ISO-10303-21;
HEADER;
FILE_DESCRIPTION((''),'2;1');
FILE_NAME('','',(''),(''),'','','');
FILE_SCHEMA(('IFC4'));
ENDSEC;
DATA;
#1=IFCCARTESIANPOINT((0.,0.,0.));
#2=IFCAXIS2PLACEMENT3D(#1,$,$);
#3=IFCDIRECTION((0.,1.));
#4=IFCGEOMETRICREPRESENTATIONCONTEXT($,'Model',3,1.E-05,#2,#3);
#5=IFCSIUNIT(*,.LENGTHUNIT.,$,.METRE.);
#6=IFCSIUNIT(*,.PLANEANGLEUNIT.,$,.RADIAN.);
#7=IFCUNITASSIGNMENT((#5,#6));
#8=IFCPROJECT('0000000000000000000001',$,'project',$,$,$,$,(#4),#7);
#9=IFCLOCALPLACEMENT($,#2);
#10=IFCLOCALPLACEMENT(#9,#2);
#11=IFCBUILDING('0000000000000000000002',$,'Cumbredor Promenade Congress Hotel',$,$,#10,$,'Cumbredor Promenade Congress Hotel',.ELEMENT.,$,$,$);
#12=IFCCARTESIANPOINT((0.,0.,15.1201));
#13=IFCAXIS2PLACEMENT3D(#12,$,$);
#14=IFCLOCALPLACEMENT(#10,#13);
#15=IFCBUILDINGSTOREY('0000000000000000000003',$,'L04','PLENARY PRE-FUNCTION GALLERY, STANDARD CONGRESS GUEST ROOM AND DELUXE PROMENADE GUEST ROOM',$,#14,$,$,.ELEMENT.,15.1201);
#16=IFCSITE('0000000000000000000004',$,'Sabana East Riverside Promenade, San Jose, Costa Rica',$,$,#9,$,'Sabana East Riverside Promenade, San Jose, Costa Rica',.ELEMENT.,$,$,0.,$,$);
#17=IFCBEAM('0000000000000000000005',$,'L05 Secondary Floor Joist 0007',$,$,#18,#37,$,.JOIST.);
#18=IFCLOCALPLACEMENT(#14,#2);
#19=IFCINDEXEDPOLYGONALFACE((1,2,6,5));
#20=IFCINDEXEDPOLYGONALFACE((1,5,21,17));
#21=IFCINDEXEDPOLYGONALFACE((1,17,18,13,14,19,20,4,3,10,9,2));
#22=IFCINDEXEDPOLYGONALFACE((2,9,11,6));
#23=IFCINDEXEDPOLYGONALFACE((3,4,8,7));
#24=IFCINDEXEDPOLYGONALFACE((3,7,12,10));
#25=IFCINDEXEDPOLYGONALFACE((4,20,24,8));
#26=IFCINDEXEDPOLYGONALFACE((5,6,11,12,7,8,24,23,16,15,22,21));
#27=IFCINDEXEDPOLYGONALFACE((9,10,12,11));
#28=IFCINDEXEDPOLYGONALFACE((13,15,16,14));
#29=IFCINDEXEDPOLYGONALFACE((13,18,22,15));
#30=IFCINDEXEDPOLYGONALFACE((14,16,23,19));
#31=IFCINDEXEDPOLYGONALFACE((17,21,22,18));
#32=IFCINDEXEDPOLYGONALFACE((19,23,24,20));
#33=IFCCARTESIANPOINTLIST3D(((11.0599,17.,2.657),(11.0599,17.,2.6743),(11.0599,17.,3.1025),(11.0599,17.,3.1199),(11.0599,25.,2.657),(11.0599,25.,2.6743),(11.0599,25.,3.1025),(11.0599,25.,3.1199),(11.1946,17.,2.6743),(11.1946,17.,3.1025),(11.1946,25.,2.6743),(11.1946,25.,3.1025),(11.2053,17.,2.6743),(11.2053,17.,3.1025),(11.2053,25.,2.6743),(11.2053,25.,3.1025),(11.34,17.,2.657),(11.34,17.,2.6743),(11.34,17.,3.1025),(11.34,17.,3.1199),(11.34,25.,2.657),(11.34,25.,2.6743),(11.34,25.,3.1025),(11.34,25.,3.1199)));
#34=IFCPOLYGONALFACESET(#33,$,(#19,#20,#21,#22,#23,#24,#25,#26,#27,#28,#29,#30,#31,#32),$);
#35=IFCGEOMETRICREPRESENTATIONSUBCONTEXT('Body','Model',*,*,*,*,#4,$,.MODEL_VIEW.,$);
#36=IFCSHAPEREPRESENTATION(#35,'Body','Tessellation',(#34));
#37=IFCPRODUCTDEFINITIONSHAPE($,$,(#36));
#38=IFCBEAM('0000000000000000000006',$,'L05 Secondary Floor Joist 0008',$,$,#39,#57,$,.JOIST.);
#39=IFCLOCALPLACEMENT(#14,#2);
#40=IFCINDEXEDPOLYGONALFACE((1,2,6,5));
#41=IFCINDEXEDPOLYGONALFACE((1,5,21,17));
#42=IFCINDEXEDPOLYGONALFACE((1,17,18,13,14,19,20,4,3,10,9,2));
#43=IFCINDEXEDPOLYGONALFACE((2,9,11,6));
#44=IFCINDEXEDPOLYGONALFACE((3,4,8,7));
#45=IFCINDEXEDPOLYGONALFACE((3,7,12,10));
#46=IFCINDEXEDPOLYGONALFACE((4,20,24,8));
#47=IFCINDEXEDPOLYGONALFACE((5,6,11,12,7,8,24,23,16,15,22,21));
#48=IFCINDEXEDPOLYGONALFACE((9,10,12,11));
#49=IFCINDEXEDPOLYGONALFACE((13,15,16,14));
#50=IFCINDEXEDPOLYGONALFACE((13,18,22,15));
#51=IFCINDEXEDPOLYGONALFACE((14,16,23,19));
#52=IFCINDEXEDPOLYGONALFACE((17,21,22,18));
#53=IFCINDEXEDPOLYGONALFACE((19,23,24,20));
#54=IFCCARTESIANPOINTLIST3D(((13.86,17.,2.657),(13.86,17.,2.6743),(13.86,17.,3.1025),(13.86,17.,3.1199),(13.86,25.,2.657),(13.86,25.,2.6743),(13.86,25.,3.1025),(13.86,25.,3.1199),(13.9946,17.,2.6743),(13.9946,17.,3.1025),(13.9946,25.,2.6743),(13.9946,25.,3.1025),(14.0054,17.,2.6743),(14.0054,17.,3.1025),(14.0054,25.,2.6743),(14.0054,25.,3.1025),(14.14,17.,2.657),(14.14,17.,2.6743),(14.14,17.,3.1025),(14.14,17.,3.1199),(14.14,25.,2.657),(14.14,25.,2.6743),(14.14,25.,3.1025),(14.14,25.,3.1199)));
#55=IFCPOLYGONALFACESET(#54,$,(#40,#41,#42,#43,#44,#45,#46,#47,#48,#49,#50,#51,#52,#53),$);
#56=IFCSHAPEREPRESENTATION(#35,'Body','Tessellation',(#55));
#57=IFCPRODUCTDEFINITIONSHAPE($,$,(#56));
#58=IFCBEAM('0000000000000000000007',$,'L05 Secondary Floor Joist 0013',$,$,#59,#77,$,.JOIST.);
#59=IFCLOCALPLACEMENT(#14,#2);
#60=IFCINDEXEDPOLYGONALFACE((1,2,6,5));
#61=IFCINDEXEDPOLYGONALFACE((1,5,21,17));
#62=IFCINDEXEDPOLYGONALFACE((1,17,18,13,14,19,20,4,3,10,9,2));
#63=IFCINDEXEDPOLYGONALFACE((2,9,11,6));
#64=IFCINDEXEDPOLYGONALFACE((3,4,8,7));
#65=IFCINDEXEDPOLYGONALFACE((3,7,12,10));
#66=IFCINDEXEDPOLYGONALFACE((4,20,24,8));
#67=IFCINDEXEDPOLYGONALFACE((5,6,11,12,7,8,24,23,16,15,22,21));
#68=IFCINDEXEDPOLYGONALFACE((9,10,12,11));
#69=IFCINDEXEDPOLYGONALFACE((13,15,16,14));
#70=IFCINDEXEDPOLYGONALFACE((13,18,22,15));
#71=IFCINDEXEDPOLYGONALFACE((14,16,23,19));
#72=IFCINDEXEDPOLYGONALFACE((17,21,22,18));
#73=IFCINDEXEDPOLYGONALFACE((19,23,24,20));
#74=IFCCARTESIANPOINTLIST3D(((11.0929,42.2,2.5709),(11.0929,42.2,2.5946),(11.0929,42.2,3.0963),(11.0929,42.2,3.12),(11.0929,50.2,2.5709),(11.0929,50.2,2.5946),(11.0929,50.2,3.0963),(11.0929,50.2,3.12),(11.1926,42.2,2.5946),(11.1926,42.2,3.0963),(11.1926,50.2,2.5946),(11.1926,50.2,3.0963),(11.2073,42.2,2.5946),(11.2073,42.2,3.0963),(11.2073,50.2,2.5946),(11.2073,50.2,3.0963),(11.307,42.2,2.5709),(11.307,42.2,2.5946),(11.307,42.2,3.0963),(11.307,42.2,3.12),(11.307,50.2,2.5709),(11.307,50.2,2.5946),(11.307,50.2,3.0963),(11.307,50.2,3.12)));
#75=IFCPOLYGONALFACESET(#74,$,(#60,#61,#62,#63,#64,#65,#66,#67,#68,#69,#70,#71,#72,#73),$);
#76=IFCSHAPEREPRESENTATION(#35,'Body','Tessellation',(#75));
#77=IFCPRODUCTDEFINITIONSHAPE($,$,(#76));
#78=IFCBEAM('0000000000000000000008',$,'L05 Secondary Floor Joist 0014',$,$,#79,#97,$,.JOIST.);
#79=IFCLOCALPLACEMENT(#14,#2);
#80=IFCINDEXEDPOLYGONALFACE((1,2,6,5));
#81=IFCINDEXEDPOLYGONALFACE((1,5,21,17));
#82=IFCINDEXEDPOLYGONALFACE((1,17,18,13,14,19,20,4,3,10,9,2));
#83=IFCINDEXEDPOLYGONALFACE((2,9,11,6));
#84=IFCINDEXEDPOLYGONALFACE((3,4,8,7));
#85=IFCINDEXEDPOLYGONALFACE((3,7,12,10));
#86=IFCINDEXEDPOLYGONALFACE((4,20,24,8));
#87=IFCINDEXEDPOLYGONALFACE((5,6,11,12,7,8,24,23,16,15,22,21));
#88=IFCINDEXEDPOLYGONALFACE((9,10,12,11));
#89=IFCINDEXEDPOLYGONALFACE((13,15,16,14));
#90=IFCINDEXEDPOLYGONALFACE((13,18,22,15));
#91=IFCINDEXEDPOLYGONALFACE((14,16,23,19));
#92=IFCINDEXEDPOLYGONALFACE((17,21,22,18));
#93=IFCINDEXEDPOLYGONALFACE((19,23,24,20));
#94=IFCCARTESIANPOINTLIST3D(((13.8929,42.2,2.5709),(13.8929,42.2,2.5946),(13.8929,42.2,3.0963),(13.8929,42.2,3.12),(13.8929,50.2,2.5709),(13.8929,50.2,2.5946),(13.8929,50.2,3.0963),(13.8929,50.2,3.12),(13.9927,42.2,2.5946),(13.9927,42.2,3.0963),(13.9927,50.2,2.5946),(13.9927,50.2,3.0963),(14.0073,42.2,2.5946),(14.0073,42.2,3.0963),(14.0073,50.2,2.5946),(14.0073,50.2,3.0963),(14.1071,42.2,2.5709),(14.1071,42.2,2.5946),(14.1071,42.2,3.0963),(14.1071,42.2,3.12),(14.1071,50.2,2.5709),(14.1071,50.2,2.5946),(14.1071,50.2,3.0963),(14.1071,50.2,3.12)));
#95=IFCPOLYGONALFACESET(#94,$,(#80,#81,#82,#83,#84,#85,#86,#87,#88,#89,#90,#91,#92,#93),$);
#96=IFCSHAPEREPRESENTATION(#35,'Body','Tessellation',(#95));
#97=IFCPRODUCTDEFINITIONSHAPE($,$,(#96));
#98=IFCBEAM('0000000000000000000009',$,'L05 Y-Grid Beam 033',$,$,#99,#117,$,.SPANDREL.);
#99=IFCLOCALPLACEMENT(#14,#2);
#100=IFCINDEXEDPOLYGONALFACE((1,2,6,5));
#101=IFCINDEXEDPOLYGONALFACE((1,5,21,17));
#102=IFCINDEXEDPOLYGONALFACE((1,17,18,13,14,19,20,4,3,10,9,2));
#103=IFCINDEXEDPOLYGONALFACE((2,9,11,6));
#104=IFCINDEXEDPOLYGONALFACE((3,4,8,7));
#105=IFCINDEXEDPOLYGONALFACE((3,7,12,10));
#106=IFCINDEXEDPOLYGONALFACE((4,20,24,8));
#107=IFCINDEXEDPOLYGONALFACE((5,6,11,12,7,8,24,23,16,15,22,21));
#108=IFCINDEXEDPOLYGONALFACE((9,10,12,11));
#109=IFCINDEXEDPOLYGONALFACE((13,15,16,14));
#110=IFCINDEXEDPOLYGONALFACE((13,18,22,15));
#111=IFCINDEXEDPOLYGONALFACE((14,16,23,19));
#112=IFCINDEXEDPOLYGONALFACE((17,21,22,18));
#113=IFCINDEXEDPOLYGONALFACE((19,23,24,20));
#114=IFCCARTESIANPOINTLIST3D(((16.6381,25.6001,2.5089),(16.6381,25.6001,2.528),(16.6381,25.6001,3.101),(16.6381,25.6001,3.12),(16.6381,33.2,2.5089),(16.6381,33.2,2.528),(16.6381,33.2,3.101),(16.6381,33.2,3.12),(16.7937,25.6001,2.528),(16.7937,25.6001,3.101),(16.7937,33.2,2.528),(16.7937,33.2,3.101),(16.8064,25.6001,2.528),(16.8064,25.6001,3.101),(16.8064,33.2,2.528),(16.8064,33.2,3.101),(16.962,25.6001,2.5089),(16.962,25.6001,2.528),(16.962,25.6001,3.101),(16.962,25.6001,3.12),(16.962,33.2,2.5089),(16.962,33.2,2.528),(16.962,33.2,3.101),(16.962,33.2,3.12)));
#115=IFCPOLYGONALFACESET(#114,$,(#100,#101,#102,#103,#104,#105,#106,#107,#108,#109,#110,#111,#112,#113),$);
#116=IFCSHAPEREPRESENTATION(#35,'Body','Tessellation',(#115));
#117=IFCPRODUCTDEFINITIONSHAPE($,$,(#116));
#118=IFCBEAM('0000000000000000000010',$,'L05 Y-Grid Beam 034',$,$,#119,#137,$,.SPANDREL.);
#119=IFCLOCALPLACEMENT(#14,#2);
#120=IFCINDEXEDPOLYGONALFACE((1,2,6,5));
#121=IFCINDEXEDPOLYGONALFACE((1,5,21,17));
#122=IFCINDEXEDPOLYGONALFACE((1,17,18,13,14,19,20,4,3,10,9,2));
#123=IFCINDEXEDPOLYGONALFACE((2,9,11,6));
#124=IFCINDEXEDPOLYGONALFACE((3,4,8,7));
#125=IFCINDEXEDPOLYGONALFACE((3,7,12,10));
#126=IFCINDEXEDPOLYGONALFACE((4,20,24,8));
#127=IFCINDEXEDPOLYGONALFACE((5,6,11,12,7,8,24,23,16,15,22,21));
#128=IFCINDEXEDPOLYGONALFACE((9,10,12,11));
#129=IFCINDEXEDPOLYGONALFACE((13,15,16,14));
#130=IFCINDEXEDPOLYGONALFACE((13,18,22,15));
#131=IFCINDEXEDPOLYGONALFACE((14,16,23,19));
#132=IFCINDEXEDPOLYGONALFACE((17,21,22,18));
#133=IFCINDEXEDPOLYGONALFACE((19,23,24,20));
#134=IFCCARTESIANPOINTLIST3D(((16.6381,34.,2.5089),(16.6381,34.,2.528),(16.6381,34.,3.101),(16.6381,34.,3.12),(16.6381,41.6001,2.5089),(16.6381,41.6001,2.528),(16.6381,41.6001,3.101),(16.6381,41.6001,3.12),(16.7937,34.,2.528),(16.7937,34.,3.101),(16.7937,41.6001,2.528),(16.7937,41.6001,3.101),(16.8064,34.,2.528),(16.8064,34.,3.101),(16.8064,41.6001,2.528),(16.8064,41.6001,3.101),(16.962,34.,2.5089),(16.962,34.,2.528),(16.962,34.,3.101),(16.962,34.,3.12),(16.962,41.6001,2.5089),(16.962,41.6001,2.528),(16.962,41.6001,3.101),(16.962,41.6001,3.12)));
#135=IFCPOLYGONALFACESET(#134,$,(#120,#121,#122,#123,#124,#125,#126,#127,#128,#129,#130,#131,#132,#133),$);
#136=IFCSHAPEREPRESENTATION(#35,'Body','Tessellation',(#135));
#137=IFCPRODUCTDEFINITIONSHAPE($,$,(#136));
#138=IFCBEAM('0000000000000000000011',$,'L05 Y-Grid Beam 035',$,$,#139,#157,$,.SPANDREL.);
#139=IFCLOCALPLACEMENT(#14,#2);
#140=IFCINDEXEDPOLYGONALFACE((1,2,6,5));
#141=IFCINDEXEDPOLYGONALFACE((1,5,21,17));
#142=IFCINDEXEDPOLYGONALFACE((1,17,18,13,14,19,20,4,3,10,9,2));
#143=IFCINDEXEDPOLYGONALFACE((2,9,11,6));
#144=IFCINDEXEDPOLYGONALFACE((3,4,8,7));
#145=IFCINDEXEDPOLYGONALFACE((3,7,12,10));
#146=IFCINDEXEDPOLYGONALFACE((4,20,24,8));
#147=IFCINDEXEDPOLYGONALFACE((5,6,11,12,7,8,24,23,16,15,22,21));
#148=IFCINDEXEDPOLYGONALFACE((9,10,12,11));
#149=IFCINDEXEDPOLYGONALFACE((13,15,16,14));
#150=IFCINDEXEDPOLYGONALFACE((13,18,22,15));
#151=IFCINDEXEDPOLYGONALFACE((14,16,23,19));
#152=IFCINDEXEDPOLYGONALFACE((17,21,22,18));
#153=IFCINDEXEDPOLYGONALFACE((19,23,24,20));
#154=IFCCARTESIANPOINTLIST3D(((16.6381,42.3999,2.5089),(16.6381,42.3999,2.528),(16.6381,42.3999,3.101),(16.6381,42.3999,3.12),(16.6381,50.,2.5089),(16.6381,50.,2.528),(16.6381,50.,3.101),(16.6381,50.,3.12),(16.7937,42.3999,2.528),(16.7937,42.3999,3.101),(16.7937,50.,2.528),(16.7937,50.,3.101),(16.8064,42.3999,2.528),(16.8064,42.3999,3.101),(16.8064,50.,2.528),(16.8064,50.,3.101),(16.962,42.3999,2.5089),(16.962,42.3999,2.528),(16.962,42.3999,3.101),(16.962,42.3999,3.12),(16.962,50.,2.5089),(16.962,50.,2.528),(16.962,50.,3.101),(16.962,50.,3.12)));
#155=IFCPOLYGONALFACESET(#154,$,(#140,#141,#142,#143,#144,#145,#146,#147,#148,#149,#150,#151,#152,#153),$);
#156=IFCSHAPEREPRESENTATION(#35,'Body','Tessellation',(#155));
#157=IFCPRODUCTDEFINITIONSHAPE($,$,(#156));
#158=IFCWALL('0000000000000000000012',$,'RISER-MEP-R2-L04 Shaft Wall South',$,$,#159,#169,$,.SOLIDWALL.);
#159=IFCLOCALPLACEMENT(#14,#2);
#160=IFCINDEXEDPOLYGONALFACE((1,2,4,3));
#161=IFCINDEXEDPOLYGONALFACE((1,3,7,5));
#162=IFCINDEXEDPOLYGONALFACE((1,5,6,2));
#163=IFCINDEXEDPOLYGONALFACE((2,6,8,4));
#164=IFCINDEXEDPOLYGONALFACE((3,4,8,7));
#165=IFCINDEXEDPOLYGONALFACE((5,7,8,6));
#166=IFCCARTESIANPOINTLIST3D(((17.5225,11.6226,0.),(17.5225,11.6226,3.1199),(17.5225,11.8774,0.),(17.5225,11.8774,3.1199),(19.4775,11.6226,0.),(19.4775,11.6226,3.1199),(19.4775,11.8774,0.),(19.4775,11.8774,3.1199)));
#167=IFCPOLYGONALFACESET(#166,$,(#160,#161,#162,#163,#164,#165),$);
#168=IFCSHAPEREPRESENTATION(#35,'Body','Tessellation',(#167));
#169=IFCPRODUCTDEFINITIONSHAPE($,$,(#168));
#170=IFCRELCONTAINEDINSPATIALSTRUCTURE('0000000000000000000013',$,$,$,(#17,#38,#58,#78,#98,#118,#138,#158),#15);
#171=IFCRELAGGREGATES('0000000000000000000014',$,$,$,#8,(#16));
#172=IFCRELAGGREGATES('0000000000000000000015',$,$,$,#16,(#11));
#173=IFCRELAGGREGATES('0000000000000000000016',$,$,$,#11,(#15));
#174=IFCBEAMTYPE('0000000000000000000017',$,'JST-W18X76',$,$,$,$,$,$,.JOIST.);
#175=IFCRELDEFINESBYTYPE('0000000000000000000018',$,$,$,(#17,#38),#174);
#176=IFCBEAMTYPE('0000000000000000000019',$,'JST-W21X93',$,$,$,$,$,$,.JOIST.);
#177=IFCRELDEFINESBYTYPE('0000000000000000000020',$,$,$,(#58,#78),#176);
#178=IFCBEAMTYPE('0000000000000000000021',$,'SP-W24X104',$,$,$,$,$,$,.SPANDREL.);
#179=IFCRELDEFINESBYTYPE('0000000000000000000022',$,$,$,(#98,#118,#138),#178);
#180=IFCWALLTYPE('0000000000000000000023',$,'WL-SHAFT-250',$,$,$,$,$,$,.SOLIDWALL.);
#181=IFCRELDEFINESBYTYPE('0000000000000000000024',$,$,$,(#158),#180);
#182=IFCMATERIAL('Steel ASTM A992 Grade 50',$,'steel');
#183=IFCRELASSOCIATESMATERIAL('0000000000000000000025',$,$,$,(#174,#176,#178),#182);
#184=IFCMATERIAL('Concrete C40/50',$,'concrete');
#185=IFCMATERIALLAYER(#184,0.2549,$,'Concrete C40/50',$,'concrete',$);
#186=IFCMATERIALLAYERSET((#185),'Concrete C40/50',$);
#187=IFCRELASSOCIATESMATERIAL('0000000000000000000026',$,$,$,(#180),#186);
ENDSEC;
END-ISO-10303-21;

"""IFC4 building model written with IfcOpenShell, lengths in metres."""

from ifc_helpers import new_model, si_unit, direction, frame, frame_2d, origin, origin_2d, place, context, subcontext, project, spatial, rectangle, i_section, extrude, material, layer, layer_set, material_profile, profile_set, type_object, element, save


model = new_model("IFC4")

# Units and contexts
model_context = context("Model", 3, precision=1e-05, world=origin(), true_north=direction((0.0, 1.0)))
body_context = subcontext(model_context, "Body", "Model", "MODEL_VIEW")
ifc_project = project(units=[si_unit("LENGTHUNIT", "METRE"), si_unit("PLANEANGLEUNIT", "RADIAN")], contexts=[model_context])

# Site, building, storey
site_placement = place(None, origin())
site = spatial("IfcSite", under=ifc_project, at=site_placement, Name="Sabana East Riverside Promenade, San Jose, Costa Rica", LongName="Sabana East Riverside Promenade, San Jose, Costa Rica", CompositionType="ELEMENT", RefElevation=0.0)
building_placement = place(site_placement, origin())
building = spatial("IfcBuilding", under=site, at=building_placement, Name="Cumbredor Promenade Congress Hotel", LongName="Cumbredor Promenade Congress Hotel", CompositionType="ELEMENT")
storey_placement = place(building_placement, frame((0.0, 0.0, 15.1201)))
storey = spatial("IfcBuildingStorey", under=building, at=storey_placement, Name="L04", Description="PLENARY PRE-FUNCTION GALLERY, STANDARD CONGRESS GUEST ROOM AND DELUXE PROMENADE GUEST ROOM", CompositionType="ELEMENT", Elevation=15.1201)

# Beams
ifc_material_1 = material(Name="Concrete C40/50", Category="concrete")
ifc_material_2 = material(Name="Steel ASTM A992 Grade 50", Category="steel")
ifc_material_profile_1 = material_profile(ifc_material_2, i_section(OverallWidth=0.28, OverallDepth=0.4629, WebThickness=0.0107, FlangeThickness=0.0173, at=origin_2d()), Name="W18X76")
ifc_profile_set_1 = profile_set([ifc_material_profile_1], Name="Steel ASTM A992 Grade 50")
beam_type_1 = type_object("IfcBeamType", Name="JST-W18X76", PredefinedType="JOIST", material=ifc_profile_set_1)
for number, where, z_axis, x_axis, name in (
    (1, (11.2, 17.0, 2.8884), (0.0, 1.0, 0.0), (-1.0, 0.0, 0.0), "L05 Secondary Floor Joist 0007"),
    (2, (14.0, 17.0, 2.8884), (0.0, 1.0, 0.0), (-1.0, 0.0, 0.0), "L05 Secondary Floor Joist 0008"),
):
    element("IfcBeam", number, at=place(storey_placement, frame(where, z_axis=z_axis, x_axis=x_axis)), inside=storey, type_object=beam_type_1, Name=name, PredefinedType="JOIST", context=body_context, shape_type="SweptSolid", body=[
        extrude(i_section(OverallWidth=0.28, OverallDepth=0.4629, WebThickness=0.0107, FlangeThickness=0.0173, at=origin_2d()), origin(), (0.0, 0.0, 1.0), 8.0),
    ])
ifc_material_profile_2 = material_profile(ifc_material_2, i_section(OverallWidth=0.2141, OverallDepth=0.5491, WebThickness=0.0146, FlangeThickness=0.0237, at=origin_2d()), Name="W21X93")
ifc_profile_set_2 = profile_set([ifc_material_profile_2], Name="Steel ASTM A992 Grade 50")
beam_type_2 = type_object("IfcBeamType", Name="JST-W21X93", PredefinedType="JOIST", material=ifc_profile_set_2)
for number, where, z_axis, x_axis, name in (
    (3, (11.2, 42.2, 2.8455), (0.0, 1.0, 0.0), (-1.0, 0.0, 0.0), "L05 Secondary Floor Joist 0013"),
    (4, (14.0, 42.2, 2.8455), (0.0, 1.0, 0.0), (-1.0, 0.0, 0.0), "L05 Secondary Floor Joist 0014"),
):
    element("IfcBeam", number, at=place(storey_placement, frame(where, z_axis=z_axis, x_axis=x_axis)), inside=storey, type_object=beam_type_2, Name=name, PredefinedType="JOIST", context=body_context, shape_type="SweptSolid", body=[
        extrude(i_section(OverallWidth=0.2141, OverallDepth=0.5491, WebThickness=0.0146, FlangeThickness=0.0237, at=origin_2d()), origin(), (0.0, 0.0, 1.0), 8.0),
    ])
ifc_material_profile_3 = material_profile(ifc_material_2, i_section(OverallWidth=0.324, OverallDepth=0.6111, WebThickness=0.0127, FlangeThickness=0.019, at=origin_2d()), Name="W24X104")
ifc_profile_set_3 = profile_set([ifc_material_profile_3], Name="Steel ASTM A992 Grade 50")
beam_type_3 = type_object("IfcBeamType", Name="SP-W24X104", PredefinedType="SPANDREL", material=ifc_profile_set_3)
beam_1_placement = place(storey_placement, frame((16.8, 25.6001, 2.8145), z_axis=(0.0, 1.0, 0.0), x_axis=(-1.0, 0.0, 0.0)))
element("IfcBeam", 5, at=beam_1_placement, inside=storey, type_object=beam_type_3, Name="L05 Y-Grid Beam 033", PredefinedType="SPANDREL", context=body_context, shape_type="SweptSolid", body=[
    extrude(i_section(OverallWidth=0.324, OverallDepth=0.6111, WebThickness=0.0127, FlangeThickness=0.019, at=origin_2d()), origin(), (0.0, 0.0, 1.0), 7.5999),
])
for number, where, z_axis, x_axis, name in (
    (6, (16.8, 34.0, 2.8145), (0.0, 1.0, 0.0), (-1.0, 0.0, 0.0), "L05 Y-Grid Beam 034"),
    (7, (16.8, 42.3999, 2.8145), (0.0, 1.0, 0.0), (-1.0, 0.0, 0.0), "L05 Y-Grid Beam 035"),
):
    element("IfcBeam", number, at=place(storey_placement, frame(where, z_axis=z_axis, x_axis=x_axis)), inside=storey, type_object=beam_type_3, Name=name, PredefinedType="SPANDREL", context=body_context, shape_type="SweptSolid", body=[
        extrude(i_section(OverallWidth=0.324, OverallDepth=0.6111, WebThickness=0.0127, FlangeThickness=0.019, at=origin_2d()), origin(), (0.0, 0.0, 1.0), 7.6001),
    ])

# Shared definitions
ifc_layer = layer(ifc_material_1, 0.2549, Name="Concrete C40/50", Category="concrete")
ifc_layer_set = layer_set([ifc_layer], Name="Concrete C40/50")
wall_type = type_object("IfcWallType", Name="WL-SHAFT-250", PredefinedType="SOLIDWALL", material=ifc_layer_set)

# Wall
wall_1_placement = place(storey_placement, frame((17.5225, 11.75, 0.0), z_axis=(0.0, 0.0, 1.0), x_axis=(1.0, 0.0, 0.0)))
element("IfcWall", 8, at=wall_1_placement, inside=storey, type_object=wall_type, Name="RISER-MEP-R2-L04 Shaft Wall South", PredefinedType="SOLIDWALL", context=body_context, shape_type="SweptSolid", body=[
    extrude(rectangle(XDim=1.9551, YDim=0.2549, at=frame_2d((0.9775, 0.0))), origin(), (0.0, 0.0, 1.0), 3.1199),
])

save(model, "model.ifc")
